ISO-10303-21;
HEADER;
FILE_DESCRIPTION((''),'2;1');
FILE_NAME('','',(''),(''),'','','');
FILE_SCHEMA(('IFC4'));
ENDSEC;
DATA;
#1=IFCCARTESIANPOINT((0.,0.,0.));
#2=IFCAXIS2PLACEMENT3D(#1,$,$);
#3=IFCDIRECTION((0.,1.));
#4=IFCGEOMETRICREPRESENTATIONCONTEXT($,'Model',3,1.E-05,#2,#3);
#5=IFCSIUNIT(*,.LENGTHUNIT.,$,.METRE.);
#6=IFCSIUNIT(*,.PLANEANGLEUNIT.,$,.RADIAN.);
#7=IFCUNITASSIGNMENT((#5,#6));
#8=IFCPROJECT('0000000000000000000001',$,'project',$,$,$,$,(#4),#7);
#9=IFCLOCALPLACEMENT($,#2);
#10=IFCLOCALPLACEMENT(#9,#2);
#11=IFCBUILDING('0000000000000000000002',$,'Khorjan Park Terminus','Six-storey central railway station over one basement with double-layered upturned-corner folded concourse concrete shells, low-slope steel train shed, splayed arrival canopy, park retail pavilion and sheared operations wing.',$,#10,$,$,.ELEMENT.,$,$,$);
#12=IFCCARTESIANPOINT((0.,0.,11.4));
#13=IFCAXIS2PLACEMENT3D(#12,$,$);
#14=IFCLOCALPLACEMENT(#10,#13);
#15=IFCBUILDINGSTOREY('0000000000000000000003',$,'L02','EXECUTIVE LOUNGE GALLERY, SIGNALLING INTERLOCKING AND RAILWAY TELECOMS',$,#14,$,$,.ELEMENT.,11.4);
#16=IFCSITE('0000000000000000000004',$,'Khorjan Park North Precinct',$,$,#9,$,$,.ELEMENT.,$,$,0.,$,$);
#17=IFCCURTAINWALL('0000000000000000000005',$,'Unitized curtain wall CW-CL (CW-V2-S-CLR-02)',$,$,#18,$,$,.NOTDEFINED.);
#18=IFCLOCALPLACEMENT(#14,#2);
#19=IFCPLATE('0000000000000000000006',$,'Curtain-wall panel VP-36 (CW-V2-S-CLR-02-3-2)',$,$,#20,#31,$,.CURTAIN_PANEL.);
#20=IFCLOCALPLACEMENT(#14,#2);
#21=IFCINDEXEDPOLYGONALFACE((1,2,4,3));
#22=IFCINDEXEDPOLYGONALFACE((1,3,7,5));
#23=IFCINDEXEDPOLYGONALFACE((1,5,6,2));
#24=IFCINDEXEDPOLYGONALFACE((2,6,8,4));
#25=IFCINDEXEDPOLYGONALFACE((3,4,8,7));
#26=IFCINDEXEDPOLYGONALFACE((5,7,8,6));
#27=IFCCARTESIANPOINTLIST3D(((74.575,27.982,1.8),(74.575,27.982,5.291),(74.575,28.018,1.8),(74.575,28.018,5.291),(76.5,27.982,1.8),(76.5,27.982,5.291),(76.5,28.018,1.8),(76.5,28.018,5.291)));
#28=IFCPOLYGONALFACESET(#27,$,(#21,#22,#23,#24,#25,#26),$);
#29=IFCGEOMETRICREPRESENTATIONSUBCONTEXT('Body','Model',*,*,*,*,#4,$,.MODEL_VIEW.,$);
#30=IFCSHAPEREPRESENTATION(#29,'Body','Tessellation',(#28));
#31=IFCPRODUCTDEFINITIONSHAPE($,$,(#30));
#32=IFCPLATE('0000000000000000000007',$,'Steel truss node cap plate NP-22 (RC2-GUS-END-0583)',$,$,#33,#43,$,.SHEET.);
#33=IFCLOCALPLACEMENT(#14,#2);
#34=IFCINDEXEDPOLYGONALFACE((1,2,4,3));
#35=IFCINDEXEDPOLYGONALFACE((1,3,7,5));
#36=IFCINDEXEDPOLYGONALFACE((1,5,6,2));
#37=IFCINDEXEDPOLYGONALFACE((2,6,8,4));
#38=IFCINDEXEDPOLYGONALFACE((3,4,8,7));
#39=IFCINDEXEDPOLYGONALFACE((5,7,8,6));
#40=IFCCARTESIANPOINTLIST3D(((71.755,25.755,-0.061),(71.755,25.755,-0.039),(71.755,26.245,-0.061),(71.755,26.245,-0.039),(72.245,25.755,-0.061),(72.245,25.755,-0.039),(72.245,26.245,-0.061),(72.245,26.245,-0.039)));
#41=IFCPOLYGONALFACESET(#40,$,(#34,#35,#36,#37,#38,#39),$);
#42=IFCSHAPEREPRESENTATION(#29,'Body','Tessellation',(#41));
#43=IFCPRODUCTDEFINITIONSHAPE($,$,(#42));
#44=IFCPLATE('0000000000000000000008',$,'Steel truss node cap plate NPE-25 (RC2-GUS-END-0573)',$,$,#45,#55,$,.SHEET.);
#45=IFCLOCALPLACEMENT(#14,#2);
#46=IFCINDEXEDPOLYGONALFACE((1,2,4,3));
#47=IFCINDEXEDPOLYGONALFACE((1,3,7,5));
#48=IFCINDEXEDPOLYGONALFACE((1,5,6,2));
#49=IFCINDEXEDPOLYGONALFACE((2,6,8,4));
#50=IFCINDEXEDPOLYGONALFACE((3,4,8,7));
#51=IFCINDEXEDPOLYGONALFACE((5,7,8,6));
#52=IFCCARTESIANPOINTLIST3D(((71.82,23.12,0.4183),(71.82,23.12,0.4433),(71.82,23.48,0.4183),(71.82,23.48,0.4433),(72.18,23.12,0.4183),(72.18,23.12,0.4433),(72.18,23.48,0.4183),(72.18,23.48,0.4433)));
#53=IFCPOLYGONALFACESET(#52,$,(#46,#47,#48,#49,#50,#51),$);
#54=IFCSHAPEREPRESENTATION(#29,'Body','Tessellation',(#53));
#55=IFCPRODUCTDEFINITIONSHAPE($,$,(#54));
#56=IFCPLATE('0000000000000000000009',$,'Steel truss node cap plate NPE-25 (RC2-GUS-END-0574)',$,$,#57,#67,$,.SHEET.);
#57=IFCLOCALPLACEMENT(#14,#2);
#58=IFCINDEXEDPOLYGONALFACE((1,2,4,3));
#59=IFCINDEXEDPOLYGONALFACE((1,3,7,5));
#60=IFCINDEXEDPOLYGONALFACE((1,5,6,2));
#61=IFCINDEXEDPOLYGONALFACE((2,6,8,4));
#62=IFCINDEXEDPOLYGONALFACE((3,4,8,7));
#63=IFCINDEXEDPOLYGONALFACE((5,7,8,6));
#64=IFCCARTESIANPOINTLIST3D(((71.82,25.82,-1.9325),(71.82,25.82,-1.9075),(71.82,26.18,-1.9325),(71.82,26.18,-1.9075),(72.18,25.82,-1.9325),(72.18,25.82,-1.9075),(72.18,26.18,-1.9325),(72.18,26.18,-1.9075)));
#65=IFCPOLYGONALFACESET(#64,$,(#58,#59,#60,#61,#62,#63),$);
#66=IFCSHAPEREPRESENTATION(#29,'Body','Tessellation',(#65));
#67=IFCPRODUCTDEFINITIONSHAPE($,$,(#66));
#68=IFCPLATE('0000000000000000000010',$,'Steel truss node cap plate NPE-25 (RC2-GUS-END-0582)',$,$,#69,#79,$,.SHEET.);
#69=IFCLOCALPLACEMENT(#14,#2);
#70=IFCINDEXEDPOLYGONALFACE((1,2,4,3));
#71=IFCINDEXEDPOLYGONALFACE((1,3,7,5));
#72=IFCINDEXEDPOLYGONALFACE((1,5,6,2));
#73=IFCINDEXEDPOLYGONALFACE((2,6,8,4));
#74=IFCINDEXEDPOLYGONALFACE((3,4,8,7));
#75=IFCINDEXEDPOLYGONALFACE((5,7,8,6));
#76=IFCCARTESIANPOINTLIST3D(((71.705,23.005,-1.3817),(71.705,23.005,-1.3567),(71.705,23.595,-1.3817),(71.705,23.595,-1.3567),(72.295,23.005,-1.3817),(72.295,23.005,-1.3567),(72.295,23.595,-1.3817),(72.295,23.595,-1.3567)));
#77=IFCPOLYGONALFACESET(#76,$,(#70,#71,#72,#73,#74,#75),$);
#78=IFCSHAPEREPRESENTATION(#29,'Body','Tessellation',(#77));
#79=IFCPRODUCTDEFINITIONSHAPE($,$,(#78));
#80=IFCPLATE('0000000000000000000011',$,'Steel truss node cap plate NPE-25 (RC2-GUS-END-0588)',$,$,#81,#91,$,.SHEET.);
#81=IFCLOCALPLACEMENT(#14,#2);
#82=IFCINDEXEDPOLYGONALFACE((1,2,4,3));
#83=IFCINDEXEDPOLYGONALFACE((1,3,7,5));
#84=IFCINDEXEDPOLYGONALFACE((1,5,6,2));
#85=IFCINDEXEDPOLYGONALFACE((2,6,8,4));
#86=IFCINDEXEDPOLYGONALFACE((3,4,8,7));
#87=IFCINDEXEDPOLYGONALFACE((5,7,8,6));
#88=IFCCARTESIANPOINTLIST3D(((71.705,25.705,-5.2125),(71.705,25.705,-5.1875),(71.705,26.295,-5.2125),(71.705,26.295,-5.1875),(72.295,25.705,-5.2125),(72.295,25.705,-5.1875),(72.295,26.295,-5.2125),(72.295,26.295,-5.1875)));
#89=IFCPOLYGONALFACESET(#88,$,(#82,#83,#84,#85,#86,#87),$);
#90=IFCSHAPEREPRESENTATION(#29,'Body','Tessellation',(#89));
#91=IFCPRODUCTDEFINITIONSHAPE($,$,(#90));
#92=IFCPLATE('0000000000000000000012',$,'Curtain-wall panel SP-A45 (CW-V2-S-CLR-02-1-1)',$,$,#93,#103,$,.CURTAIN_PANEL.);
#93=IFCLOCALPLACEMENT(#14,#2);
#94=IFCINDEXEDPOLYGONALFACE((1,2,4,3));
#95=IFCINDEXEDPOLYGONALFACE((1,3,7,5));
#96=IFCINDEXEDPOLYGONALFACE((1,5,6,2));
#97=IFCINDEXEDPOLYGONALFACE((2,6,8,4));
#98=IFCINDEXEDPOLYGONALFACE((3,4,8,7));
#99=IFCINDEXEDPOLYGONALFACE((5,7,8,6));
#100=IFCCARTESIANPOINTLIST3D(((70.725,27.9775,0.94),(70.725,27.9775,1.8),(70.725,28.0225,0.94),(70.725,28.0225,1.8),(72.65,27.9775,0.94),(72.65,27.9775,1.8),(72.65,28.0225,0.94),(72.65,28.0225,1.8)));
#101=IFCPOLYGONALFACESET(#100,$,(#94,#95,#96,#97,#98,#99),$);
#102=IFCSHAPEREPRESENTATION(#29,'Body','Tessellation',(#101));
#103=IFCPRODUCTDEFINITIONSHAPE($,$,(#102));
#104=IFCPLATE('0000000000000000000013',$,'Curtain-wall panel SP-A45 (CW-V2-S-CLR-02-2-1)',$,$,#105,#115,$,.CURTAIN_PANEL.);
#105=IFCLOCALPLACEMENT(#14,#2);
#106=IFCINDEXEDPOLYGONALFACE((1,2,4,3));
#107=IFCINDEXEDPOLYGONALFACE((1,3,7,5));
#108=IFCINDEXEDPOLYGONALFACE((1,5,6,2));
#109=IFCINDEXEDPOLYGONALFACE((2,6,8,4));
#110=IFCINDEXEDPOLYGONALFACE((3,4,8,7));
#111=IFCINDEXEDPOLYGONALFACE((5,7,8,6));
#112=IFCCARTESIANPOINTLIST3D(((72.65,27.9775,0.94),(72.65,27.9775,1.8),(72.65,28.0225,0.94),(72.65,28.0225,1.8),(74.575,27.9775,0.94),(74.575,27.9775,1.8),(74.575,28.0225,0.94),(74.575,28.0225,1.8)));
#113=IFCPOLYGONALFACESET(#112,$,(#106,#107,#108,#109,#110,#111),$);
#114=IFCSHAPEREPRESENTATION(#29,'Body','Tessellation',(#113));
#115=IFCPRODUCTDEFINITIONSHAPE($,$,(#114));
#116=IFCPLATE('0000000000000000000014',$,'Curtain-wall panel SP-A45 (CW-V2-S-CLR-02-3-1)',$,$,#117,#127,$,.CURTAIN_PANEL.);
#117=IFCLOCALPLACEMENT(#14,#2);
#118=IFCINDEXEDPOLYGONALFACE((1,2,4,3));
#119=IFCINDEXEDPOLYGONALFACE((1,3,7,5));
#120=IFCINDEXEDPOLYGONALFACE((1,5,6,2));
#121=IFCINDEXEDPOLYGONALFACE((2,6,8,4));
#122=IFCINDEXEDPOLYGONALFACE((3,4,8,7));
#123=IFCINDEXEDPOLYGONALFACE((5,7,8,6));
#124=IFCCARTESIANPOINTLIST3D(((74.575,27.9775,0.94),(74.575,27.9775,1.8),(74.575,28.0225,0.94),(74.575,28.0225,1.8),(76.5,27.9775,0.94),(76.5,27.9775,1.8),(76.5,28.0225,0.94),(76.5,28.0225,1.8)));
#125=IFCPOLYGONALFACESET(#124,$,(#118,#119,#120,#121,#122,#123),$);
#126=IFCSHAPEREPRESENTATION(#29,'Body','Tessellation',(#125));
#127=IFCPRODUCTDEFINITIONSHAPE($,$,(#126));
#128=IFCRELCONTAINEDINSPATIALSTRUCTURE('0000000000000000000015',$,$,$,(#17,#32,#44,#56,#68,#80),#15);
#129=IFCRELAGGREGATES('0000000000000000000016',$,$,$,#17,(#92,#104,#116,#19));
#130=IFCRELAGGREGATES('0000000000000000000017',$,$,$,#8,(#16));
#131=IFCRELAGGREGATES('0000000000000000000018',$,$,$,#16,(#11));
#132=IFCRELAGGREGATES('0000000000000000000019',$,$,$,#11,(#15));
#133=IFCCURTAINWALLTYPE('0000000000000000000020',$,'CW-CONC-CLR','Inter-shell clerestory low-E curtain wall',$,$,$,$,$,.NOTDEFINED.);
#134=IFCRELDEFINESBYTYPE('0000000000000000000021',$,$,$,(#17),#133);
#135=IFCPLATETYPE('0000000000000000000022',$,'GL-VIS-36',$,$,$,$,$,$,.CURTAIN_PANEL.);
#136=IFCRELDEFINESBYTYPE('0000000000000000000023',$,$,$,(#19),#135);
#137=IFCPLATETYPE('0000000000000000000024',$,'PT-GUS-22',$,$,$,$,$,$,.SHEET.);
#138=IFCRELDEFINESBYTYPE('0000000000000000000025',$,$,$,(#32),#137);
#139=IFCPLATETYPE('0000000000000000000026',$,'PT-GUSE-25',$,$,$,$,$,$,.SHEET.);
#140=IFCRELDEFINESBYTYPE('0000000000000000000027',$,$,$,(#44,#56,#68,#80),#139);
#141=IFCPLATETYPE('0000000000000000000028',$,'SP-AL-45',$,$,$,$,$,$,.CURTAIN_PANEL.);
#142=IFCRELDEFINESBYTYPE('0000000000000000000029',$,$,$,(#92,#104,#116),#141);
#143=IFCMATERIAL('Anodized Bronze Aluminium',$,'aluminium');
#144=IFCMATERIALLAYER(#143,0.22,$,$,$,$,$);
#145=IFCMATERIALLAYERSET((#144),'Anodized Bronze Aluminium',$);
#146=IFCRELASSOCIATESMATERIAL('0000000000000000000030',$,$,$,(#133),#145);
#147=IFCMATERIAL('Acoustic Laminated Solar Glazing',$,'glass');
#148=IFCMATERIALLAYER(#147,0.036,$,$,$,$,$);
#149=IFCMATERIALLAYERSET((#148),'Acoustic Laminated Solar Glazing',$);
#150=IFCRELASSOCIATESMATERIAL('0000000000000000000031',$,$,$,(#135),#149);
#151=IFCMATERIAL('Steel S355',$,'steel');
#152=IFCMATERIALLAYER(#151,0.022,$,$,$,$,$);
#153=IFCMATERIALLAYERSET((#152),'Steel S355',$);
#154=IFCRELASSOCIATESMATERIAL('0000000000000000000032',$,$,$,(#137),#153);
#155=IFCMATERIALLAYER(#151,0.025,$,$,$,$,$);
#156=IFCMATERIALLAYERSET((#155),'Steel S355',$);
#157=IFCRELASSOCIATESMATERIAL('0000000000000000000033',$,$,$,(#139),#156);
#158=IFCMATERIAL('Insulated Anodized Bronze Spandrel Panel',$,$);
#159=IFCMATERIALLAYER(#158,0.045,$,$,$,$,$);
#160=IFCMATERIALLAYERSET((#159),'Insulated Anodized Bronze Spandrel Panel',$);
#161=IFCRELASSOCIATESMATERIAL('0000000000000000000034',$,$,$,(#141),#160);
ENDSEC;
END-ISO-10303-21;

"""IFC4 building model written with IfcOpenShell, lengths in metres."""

from ifc_helpers import new_model, si_unit, direction, frame, origin, origin_2d, place, context, subcontext, project, spatial, rectangle, extrude, material, layer, layer_set, type_object, element, aggregate, save


model = new_model("IFC4")

# Units and contexts
model_context = context("Model", 3, precision=1e-05, world=origin(), true_north=direction((0.0, 1.0)))
body_context = subcontext(model_context, "Body", "Model", "MODEL_VIEW")
ifc_project = project(units=[si_unit("LENGTHUNIT", "METRE"), si_unit("PLANEANGLEUNIT", "RADIAN")], contexts=[model_context])

# Site, building, storey
site_placement = place(None, origin())
site = spatial("IfcSite", under=ifc_project, at=site_placement, Name="Khorjan Park North Precinct", CompositionType="ELEMENT", RefElevation=0.0)
building_placement = place(site_placement, origin())
building = spatial("IfcBuilding", under=site, at=building_placement, Name="Khorjan Park Terminus", Description="Six-storey central railway station over one basement with double-layered upturned-corner folded concourse concrete shells, low-slope steel train shed, splayed arrival canopy, park retail pavilion and sheared operations wing.", CompositionType="ELEMENT")
storey_placement = place(building_placement, frame((0.0, 0.0, 11.4)))
storey = spatial("IfcBuildingStorey", under=building, at=storey_placement, Name="L02", Description="EXECUTIVE LOUNGE GALLERY, SIGNALLING INTERLOCKING AND RAILWAY TELECOMS", CompositionType="ELEMENT", Elevation=11.4)

# Shared definitions
ifc_material_1 = material(Name="Steel S355", Category="steel")

# Curtain wall
ifc_material_2 = material(Name="Anodized Bronze Aluminium", Category="aluminium")
ifc_layer_1 = layer(ifc_material_2, 0.22)
ifc_layer_set_1 = layer_set([ifc_layer_1], Name="Anodized Bronze Aluminium")
curtain_wall_type = type_object("IfcCurtainWallType", Name="CW-CONC-CLR", Description="Inter-shell clerestory low-E curtain wall", PredefinedType="NOTDEFINED", material=ifc_layer_set_1)
curtain_wall_placement = place(storey_placement, origin())
curtain_wall = element("IfcCurtainWall", 1, at=curtain_wall_placement, inside=storey, type_object=curtain_wall_type, Name="Unitized curtain wall CW-CL (CW-V2-S-CLR-02)", PredefinedType="NOTDEFINED")

# Plate
ifc_material_3 = material(Name="Acoustic Laminated Solar Glazing", Category="glass")
ifc_layer_2 = layer(ifc_material_3, 0.036)
ifc_layer_set_2 = layer_set([ifc_layer_2], Name="Acoustic Laminated Solar Glazing")
plate_type_1 = type_object("IfcPlateType", Name="GL-VIS-36", PredefinedType="CURTAIN_PANEL", material=ifc_layer_set_2)
plate_1_placement = place(storey_placement, frame((75.5375, 28.0, 1.8), z_axis=(0.0, 0.0, 1.0), x_axis=(1.0, 0.0, 0.0)))
plate_1 = element("IfcPlate", 2, at=plate_1_placement, type_object=plate_type_1, Name="Curtain-wall panel VP-36 (CW-V2-S-CLR-02-3-2)", PredefinedType="CURTAIN_PANEL", context=body_context, shape_type="SweptSolid", body=[
    extrude(rectangle(XDim=1.925, YDim=0.036, at=origin_2d()), origin(), (0.0, 0.0, 1.0), 3.491),
])

# Plates
ifc_layer_3 = layer(ifc_material_1, 0.022)
ifc_layer_set_3 = layer_set([ifc_layer_3], Name="Steel S355")
plate_type_2 = type_object("IfcPlateType", Name="PT-GUS-22", PredefinedType="SHEET", material=ifc_layer_set_3)
plate_2_placement = place(storey_placement, frame((72.0, 26.0, -0.061), z_axis=(0.0, 0.0, 1.0), x_axis=(1.0, 0.0, 0.0)))
element("IfcPlate", 3, at=plate_2_placement, inside=storey, type_object=plate_type_2, Name="Steel truss node cap plate NP-22 (RC2-GUS-END-0583)", PredefinedType="SHEET", context=body_context, shape_type="SweptSolid", body=[
    extrude(rectangle(XDim=0.49, YDim=0.49, at=origin_2d()), origin(), (0.0, 0.0, 1.0), 0.022),
])
ifc_layer_4 = layer(ifc_material_1, 0.025)
ifc_layer_set_4 = layer_set([ifc_layer_4], Name="Steel S355")
plate_type_3 = type_object("IfcPlateType", Name="PT-GUSE-25", PredefinedType="SHEET", material=ifc_layer_set_4)
for number, where, z_axis, x_axis, name in (
    (4, (72.0, 23.3, 0.4183), (0.0, 0.0, 1.0), (1.0, 0.0, 0.0), "Steel truss node cap plate NPE-25 (RC2-GUS-END-0573)"),
    (5, (72.0, 26.0, -1.9325), (0.0, 0.0, 1.0), (1.0, 0.0, 0.0), "Steel truss node cap plate NPE-25 (RC2-GUS-END-0574)"),
):
    element("IfcPlate", number, at=place(storey_placement, frame(where, z_axis=z_axis, x_axis=x_axis)), inside=storey, type_object=plate_type_3, Name=name, PredefinedType="SHEET", context=body_context, shape_type="SweptSolid", body=[
        extrude(rectangle(XDim=0.36, YDim=0.36, at=origin_2d()), origin(), (0.0, 0.0, 1.0), 0.025),
    ])
for number, where, z_axis, x_axis, name in (
    (6, (72.0, 23.3, -1.3817), (0.0, 0.0, 1.0), (1.0, 0.0, 0.0), "Steel truss node cap plate NPE-25 (RC2-GUS-END-0582)"),
    (7, (72.0, 26.0, -5.2125), (0.0, 0.0, 1.0), (1.0, 0.0, 0.0), "Steel truss node cap plate NPE-25 (RC2-GUS-END-0588)"),
):
    element("IfcPlate", number, at=place(storey_placement, frame(where, z_axis=z_axis, x_axis=x_axis)), inside=storey, type_object=plate_type_3, Name=name, PredefinedType="SHEET", context=body_context, shape_type="SweptSolid", body=[
        extrude(rectangle(XDim=0.59, YDim=0.59, at=origin_2d()), origin(), (0.0, 0.0, 1.0), 0.025),
    ])

# Plates
ifc_material_4 = material(Name="Insulated Anodized Bronze Spandrel Panel")
ifc_layer_5 = layer(ifc_material_4, 0.045)
ifc_layer_set_5 = layer_set([ifc_layer_5], Name="Insulated Anodized Bronze Spandrel Panel")
plate_type_4 = type_object("IfcPlateType", Name="SP-AL-45", PredefinedType="CURTAIN_PANEL", material=ifc_layer_set_5)
plate_3_placement = place(storey_placement, frame((71.6875, 28.0, 0.94), z_axis=(0.0, 0.0, 1.0), x_axis=(1.0, 0.0, 0.0)))
plate_3 = element("IfcPlate", 8, at=plate_3_placement, type_object=plate_type_4, Name="Curtain-wall panel SP-A45 (CW-V2-S-CLR-02-1-1)", PredefinedType="CURTAIN_PANEL", context=body_context, shape_type="SweptSolid", body=[
    extrude(rectangle(XDim=1.925, YDim=0.045, at=origin_2d()), origin(), (0.0, 0.0, 1.0), 0.86),
])
plate_4_placement = place(storey_placement, frame((73.6125, 28.0, 0.94), z_axis=(0.0, 0.0, 1.0), x_axis=(1.0, 0.0, 0.0)))
plate_4 = element("IfcPlate", 9, at=plate_4_placement, type_object=plate_type_4, Name="Curtain-wall panel SP-A45 (CW-V2-S-CLR-02-2-1)", PredefinedType="CURTAIN_PANEL", context=body_context, shape_type="SweptSolid", body=[
    extrude(rectangle(XDim=1.925, YDim=0.045, at=origin_2d()), origin(), (0.0, 0.0, 1.0), 0.86),
])
plate_5_placement = place(storey_placement, frame((75.5375, 28.0, 0.94), z_axis=(0.0, 0.0, 1.0), x_axis=(1.0, 0.0, 0.0)))
plate_5 = element("IfcPlate", 10, at=plate_5_placement, type_object=plate_type_4, Name="Curtain-wall panel SP-A45 (CW-V2-S-CLR-02-3-1)", PredefinedType="CURTAIN_PANEL", context=body_context, shape_type="SweptSolid", body=[
    extrude(rectangle(XDim=1.925, YDim=0.045, at=origin_2d()), origin(), (0.0, 0.0, 1.0), 0.86),
])
aggregate(curtain_wall, [plate_3, plate_4, plate_5, plate_1])

save(model, "model.ifc")
